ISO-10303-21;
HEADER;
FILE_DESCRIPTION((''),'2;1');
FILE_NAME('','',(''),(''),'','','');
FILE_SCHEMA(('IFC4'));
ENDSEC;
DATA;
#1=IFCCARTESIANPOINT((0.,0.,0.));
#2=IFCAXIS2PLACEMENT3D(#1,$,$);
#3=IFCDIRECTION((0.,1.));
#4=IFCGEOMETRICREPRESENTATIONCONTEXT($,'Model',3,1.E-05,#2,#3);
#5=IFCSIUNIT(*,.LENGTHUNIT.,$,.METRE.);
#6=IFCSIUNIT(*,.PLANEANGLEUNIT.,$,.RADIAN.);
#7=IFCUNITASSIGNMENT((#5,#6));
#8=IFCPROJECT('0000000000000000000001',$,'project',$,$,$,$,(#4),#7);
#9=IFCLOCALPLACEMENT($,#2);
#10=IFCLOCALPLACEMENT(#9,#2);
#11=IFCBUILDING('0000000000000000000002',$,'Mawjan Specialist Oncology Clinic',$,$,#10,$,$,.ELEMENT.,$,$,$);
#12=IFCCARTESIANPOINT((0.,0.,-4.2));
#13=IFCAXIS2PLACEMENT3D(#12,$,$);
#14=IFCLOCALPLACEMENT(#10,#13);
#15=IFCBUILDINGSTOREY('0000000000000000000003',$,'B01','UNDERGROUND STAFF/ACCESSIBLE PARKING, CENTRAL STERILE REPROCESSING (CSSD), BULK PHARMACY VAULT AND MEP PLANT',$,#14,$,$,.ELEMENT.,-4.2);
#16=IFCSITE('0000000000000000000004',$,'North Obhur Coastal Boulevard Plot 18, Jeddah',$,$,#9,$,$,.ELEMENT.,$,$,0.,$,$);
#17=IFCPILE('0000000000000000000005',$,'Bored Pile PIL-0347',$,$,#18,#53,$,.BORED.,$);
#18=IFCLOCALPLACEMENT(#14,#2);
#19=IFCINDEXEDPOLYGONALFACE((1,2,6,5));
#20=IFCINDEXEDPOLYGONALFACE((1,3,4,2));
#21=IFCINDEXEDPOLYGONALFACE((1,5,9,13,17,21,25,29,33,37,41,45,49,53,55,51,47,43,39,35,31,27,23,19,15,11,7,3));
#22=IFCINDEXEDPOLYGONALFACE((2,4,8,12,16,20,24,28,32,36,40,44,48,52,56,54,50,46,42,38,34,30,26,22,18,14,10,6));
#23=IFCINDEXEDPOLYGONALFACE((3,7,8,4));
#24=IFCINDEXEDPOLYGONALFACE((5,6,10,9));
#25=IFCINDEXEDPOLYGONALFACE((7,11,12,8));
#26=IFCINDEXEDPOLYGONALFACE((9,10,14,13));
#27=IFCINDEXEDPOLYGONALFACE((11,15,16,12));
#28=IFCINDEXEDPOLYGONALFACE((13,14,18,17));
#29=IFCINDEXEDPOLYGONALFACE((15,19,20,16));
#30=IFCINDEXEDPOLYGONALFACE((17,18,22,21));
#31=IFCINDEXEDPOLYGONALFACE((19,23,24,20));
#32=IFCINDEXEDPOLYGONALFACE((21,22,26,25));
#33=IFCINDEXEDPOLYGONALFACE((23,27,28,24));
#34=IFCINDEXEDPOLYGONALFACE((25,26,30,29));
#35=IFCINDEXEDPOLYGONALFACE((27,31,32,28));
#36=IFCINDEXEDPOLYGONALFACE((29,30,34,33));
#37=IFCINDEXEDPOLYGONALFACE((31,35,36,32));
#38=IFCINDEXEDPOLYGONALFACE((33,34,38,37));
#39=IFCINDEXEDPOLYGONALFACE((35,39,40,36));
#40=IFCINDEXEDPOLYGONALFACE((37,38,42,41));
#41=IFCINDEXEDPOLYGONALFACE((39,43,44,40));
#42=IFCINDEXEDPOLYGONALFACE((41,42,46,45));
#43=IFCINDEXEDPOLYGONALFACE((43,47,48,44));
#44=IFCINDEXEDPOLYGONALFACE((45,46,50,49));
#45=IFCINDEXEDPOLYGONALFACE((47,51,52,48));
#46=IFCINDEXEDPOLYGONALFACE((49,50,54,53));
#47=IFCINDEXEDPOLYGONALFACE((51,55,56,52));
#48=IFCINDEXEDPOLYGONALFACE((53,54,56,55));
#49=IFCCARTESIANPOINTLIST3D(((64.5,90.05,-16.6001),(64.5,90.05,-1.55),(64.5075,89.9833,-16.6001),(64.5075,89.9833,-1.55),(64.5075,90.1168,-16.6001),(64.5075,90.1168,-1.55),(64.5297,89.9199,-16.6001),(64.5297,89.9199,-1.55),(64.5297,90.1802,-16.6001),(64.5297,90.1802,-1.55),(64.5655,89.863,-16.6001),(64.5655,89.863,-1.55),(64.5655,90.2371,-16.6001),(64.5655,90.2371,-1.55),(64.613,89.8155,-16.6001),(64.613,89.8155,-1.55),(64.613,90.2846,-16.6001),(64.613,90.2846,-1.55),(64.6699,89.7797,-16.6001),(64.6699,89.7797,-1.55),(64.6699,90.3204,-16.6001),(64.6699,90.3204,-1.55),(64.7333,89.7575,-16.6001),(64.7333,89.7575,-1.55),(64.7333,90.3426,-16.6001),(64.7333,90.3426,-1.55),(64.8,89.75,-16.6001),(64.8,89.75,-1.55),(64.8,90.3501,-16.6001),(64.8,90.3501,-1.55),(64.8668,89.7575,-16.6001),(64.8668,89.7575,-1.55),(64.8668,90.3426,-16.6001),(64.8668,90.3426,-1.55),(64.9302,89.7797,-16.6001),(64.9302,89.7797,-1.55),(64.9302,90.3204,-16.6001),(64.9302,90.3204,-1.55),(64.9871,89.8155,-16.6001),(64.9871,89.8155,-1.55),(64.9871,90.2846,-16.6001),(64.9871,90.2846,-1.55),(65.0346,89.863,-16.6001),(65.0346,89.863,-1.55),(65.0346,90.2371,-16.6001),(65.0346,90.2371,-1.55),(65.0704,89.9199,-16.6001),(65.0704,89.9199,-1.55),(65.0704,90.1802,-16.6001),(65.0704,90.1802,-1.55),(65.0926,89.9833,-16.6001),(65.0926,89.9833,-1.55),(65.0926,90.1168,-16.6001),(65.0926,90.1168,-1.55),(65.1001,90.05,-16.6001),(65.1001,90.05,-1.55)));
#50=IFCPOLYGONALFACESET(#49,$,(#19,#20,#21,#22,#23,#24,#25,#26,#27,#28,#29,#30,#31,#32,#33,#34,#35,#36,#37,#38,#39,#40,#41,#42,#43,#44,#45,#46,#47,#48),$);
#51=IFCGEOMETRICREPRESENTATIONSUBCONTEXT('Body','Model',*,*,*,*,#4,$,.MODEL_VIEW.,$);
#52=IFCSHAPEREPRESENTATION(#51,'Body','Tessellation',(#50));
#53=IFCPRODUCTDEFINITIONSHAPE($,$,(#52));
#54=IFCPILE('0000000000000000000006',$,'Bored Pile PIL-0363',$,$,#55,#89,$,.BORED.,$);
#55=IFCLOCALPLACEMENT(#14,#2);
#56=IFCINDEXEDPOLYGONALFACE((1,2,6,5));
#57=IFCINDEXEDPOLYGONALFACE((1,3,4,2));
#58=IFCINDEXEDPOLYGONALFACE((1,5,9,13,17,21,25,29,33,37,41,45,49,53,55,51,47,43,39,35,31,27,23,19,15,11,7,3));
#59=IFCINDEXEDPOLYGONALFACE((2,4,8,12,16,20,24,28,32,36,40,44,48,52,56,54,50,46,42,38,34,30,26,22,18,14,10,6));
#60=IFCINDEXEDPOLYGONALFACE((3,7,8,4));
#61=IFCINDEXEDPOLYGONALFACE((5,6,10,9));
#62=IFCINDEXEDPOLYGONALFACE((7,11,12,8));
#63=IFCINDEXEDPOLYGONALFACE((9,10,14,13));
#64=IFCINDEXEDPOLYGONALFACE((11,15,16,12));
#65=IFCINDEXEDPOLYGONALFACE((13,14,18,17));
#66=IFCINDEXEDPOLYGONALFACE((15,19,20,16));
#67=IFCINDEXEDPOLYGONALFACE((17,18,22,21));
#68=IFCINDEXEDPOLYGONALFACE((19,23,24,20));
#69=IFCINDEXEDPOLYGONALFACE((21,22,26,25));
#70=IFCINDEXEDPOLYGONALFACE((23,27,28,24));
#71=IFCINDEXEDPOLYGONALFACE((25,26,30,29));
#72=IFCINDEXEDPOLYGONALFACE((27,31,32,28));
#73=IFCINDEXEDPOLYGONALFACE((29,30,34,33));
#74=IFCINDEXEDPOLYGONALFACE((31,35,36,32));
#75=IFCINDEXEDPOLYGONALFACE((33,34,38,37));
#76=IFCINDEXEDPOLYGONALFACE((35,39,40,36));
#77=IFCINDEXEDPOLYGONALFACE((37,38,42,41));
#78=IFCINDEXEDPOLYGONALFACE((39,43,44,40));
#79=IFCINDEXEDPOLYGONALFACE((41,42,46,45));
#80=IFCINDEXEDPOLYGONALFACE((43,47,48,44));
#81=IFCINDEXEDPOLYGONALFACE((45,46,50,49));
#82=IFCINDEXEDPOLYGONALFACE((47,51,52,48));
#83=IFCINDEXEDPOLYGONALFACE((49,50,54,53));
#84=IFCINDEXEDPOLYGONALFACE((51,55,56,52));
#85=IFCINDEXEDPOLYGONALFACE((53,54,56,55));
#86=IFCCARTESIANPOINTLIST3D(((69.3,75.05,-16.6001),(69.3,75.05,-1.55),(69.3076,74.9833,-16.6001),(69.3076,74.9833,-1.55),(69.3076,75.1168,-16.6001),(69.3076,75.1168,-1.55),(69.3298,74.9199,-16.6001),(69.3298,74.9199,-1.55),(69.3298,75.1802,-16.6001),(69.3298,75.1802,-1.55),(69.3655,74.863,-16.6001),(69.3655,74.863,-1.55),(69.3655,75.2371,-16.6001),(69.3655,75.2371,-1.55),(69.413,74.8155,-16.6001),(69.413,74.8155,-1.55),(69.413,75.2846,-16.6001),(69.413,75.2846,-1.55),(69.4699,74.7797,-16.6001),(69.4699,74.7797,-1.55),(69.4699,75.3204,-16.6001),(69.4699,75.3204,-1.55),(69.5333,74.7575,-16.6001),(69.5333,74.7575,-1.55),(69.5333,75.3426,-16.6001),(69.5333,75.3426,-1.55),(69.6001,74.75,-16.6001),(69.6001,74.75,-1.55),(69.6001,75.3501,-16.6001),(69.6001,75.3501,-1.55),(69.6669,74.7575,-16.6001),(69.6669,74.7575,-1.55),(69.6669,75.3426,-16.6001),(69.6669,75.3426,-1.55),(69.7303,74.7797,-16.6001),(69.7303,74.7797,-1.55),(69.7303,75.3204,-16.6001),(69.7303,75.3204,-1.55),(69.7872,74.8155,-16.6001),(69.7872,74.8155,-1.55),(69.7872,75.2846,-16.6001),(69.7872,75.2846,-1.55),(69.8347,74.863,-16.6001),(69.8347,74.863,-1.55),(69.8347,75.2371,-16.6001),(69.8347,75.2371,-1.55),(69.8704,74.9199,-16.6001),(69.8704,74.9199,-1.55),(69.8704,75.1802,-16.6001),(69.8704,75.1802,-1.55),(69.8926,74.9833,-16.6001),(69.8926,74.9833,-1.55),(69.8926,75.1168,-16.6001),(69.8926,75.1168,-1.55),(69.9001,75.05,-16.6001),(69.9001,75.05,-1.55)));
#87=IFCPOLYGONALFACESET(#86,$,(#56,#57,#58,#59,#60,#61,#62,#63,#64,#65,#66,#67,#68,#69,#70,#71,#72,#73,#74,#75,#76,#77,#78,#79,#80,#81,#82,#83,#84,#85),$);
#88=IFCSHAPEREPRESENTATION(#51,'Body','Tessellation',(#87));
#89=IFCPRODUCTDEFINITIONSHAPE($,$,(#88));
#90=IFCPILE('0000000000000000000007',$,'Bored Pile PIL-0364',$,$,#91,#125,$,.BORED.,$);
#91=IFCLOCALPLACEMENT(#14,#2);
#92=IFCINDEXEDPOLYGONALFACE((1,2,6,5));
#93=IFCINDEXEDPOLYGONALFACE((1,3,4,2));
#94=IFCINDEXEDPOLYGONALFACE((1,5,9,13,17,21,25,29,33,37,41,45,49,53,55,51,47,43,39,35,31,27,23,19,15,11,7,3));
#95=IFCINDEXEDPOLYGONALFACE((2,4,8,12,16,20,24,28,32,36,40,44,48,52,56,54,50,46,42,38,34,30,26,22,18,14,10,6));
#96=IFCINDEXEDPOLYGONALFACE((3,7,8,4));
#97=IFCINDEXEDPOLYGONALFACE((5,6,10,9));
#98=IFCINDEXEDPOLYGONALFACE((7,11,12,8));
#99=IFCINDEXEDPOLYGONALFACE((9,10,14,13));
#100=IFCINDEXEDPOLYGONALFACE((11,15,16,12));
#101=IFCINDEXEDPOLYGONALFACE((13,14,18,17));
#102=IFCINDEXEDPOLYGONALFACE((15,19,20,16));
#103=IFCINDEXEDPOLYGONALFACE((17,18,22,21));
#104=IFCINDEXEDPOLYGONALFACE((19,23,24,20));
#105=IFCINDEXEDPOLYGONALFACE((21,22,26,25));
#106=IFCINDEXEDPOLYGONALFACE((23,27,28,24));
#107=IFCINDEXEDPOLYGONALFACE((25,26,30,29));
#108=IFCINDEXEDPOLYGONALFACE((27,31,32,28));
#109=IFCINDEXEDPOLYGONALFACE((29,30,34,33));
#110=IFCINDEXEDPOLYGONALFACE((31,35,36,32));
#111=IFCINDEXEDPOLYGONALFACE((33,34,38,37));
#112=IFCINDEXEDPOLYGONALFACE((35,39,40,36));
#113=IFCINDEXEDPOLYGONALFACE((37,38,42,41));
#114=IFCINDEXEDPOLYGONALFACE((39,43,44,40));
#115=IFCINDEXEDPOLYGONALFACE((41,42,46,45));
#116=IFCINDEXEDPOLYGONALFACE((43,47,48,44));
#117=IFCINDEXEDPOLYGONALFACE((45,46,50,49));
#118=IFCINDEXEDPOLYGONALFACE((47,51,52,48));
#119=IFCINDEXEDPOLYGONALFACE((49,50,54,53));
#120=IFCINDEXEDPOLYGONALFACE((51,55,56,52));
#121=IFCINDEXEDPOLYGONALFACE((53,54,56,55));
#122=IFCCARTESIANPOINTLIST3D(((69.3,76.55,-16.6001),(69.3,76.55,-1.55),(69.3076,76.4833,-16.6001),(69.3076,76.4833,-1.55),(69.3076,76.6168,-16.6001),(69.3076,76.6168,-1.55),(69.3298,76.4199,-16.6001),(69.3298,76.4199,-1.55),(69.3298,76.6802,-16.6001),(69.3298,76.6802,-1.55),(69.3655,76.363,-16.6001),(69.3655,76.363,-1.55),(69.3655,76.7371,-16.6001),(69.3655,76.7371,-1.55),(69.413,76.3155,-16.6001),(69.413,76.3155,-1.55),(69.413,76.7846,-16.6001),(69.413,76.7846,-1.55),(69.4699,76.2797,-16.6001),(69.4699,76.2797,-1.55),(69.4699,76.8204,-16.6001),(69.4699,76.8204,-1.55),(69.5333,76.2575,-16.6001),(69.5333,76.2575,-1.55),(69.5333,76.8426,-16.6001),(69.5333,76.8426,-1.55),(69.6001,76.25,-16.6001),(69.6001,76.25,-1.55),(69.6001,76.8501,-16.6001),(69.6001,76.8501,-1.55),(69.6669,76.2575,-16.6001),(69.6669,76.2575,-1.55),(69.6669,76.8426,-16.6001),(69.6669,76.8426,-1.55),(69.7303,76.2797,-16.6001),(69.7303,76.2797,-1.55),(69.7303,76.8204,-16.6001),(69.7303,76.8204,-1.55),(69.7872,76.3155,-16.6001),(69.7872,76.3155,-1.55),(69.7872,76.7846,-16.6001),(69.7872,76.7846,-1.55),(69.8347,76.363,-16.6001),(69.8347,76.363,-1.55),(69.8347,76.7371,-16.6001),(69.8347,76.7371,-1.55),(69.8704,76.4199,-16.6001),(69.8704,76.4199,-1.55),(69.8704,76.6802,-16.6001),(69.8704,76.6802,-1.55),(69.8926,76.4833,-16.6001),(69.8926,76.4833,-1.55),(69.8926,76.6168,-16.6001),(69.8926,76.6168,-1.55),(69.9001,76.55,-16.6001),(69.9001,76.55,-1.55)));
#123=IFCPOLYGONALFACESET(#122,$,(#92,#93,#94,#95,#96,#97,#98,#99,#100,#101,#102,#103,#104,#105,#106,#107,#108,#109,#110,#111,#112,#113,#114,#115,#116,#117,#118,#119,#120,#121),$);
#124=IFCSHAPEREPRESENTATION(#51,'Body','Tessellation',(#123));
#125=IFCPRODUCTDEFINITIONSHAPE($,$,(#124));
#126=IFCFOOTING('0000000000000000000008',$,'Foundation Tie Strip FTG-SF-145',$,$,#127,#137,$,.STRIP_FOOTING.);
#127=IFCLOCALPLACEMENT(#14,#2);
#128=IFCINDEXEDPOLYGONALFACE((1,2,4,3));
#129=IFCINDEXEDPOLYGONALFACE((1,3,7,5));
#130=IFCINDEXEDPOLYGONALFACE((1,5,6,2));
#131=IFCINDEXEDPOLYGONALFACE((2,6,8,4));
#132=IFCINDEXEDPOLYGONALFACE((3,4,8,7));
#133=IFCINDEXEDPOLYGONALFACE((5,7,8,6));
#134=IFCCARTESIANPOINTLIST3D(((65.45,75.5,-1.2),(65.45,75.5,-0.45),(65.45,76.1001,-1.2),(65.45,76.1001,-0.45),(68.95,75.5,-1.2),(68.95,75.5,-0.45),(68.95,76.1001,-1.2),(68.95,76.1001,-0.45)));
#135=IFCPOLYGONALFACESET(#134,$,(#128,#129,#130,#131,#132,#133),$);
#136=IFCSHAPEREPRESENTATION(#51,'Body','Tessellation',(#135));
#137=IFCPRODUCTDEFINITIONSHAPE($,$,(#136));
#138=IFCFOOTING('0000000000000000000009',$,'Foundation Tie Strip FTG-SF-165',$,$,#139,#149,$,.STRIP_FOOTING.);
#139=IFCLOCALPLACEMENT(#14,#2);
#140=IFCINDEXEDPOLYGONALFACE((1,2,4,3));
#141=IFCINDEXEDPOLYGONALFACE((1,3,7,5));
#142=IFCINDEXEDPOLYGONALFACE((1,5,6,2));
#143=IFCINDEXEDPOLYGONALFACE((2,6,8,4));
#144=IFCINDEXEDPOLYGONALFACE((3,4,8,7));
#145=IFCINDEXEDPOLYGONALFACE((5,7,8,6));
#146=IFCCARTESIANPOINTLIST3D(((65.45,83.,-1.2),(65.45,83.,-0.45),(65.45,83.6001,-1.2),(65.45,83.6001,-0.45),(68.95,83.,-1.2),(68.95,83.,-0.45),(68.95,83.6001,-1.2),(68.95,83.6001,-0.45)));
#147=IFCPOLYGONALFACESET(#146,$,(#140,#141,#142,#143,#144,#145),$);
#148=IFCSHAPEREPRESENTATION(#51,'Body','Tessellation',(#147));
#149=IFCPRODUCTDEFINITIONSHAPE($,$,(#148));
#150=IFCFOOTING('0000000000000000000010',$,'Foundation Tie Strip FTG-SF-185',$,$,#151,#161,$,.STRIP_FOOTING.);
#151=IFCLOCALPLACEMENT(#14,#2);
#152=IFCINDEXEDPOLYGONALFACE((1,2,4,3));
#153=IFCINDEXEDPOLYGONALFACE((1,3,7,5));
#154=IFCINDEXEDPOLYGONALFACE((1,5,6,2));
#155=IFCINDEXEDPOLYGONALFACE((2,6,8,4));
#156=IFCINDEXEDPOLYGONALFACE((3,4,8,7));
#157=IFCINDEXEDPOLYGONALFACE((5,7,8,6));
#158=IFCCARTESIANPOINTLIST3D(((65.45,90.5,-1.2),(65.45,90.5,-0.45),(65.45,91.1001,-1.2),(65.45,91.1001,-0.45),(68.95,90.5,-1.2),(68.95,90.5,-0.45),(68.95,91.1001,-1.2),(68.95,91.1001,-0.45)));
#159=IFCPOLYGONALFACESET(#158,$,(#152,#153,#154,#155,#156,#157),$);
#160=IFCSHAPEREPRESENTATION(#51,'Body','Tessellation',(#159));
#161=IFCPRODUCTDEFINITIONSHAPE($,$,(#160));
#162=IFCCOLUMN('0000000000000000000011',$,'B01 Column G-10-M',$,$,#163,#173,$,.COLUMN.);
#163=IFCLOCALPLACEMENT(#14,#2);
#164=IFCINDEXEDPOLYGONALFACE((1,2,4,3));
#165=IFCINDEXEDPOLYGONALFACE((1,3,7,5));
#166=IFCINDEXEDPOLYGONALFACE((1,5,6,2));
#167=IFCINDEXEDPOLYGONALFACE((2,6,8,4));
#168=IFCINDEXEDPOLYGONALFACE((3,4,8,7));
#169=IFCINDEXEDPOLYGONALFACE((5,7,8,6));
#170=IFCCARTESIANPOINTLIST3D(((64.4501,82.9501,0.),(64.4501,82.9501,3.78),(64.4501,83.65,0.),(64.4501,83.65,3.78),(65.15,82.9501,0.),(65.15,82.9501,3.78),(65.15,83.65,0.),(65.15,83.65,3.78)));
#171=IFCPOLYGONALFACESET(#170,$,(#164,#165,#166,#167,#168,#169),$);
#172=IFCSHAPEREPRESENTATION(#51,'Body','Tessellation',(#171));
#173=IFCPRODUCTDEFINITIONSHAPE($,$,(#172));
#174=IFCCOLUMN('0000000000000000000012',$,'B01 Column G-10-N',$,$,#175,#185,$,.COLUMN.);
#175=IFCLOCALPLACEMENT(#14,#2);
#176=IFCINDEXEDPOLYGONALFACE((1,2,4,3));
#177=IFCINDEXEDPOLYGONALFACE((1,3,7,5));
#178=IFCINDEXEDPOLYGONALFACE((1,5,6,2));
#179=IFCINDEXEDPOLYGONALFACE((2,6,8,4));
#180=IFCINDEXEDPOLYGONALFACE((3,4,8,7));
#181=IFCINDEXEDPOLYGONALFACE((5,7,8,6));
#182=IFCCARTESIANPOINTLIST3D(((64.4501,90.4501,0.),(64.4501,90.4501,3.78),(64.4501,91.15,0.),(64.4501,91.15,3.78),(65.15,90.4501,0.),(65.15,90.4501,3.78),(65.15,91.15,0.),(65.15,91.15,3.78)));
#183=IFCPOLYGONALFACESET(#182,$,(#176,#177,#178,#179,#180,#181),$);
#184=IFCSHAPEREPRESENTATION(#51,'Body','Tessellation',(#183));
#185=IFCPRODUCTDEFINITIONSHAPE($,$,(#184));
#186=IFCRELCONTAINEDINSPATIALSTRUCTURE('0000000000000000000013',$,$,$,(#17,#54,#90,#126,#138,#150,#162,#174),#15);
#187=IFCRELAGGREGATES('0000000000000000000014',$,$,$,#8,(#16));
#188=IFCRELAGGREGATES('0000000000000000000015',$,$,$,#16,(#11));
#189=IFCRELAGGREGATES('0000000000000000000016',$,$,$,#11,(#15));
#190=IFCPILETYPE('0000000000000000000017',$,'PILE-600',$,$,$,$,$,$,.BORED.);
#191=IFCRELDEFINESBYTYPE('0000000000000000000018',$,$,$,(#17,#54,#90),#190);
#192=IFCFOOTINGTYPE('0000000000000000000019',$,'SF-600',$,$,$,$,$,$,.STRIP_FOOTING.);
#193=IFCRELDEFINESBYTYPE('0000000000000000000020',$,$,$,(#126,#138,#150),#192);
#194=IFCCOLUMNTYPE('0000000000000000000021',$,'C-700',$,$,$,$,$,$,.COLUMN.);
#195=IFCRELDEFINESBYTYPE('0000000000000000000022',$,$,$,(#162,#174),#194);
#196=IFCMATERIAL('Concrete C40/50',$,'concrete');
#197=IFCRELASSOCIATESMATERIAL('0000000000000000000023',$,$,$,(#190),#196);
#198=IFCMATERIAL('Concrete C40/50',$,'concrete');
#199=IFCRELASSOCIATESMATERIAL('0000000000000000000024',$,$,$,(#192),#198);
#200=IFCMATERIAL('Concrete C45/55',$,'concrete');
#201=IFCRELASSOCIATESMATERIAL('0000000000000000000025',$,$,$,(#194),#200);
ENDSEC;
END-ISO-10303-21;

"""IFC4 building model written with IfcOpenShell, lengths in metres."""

from ifc_helpers import new_model, si_unit, direction, frame, origin, origin_2d, place, context, subcontext, project, spatial, rectangle, circle, extrude, material, material_profile, profile_set, type_object, element, save


model = new_model("IFC4")

# Units and contexts
model_context = context("Model", 3, precision=1e-05, world=origin(), true_north=direction((0.0, 1.0)))
body_context = subcontext(model_context, "Body", "Model", "MODEL_VIEW")
ifc_project = project(units=[si_unit("LENGTHUNIT", "METRE"), si_unit("PLANEANGLEUNIT", "RADIAN")], contexts=[model_context])

# Site, building, storey
site_placement = place(None, origin())
site = spatial("IfcSite", under=ifc_project, at=site_placement, Name="North Obhur Coastal Boulevard Plot 18, Jeddah", CompositionType="ELEMENT", RefElevation=0.0)
building_placement = place(site_placement, origin())
building = spatial("IfcBuilding", under=site, at=building_placement, Name="Mawjan Specialist Oncology Clinic", CompositionType="ELEMENT")
storey_placement = place(building_placement, frame((0.0, 0.0, -4.2)))
storey = spatial("IfcBuildingStorey", under=building, at=storey_placement, Name="B01", Description="UNDERGROUND STAFF/ACCESSIBLE PARKING, CENTRAL STERILE REPROCESSING (CSSD), BULK PHARMACY VAULT AND MEP PLANT", CompositionType="ELEMENT", Elevation=-4.2)

# Piles
ifc_material_1 = material(Name="Concrete C40/50", Category="concrete")
ifc_material_profile_1 = material_profile(ifc_material_1, circle(Radius=0.3, at=origin_2d()), Name="BORED PILE D600", Category="concrete")
ifc_profile_set_1 = profile_set([ifc_material_profile_1], Name="Concrete C40/50")
pile_type = type_object("IfcPileType", Name="PILE-600", PredefinedType="BORED", material=ifc_profile_set_1)
for number, where, z_axis, x_axis, name in (
    (1, (64.8, 90.05, -1.55), (0.0, 0.0, -1.0), (1.0, 0.0, 0.0), "Bored Pile PIL-0347"),
    (2, (69.6001, 75.05, -1.55), (0.0, 0.0, -1.0), (1.0, 0.0, 0.0), "Bored Pile PIL-0363"),
    (3, (69.6001, 76.55, -1.55), (0.0, 0.0, -1.0), (1.0, 0.0, 0.0), "Bored Pile PIL-0364"),
):
    element("IfcPile", number, at=place(storey_placement, frame(where, z_axis=z_axis, x_axis=x_axis)), inside=storey, type_object=pile_type, Name=name, PredefinedType="BORED", context=body_context, shape_type="SweptSolid", body=[
        extrude(circle(Radius=0.3, at=origin_2d()), origin(), (0.0, 0.0, 1.0), 15.05),
    ])

# Footings
ifc_material_2 = material(Name="Concrete C40/50", Category="concrete")
footing_type_1 = type_object("IfcFootingType", Name="SF-600", PredefinedType="STRIP_FOOTING", material=ifc_material_2)
for number, where, z_axis, x_axis, name in (
    (4, (67.2, 75.8, -1.2), (0.0, 0.0, 1.0), (1.0, 0.0, 0.0), "Foundation Tie Strip FTG-SF-145"),
    (5, (67.2, 83.3, -1.2), (0.0, 0.0, 1.0), (1.0, 0.0, 0.0), "Foundation Tie Strip FTG-SF-165"),
    (6, (67.2, 90.8, -1.2), (0.0, 0.0, 1.0), (1.0, 0.0, 0.0), "Foundation Tie Strip FTG-SF-185"),
):
    element("IfcFooting", number, at=place(storey_placement, frame(where, z_axis=z_axis, x_axis=x_axis)), inside=storey, type_object=footing_type_1, Name=name, PredefinedType="STRIP_FOOTING", context=body_context, shape_type="SweptSolid", body=[
        extrude(rectangle(XDim=3.5, YDim=0.6001, at=origin_2d()), origin(), (0.0, 0.0, 1.0), 0.75),
    ])

# Columns
ifc_material_3 = material(Name="Concrete C45/55", Category="concrete")
ifc_material_profile_2 = material_profile(ifc_material_3, rectangle(XDim=0.7, YDim=0.7, at=origin_2d()), Name="RC COL 700x700", Category="concrete")
ifc_profile_set_2 = profile_set([ifc_material_profile_2], Name="Concrete C45/55")
column_type_1 = type_object("IfcColumnType", Name="C-700", PredefinedType="COLUMN", material=ifc_profile_set_2)
for number, where, z_axis, x_axis, name in (
    (7, (64.8, 83.3, 0.0), (0.0, 0.0, 1.0), (1.0, 0.0, 0.0), "B01 Column G-10-M"),
    (8, (64.8, 90.8, 0.0), (0.0, 0.0, 1.0), (1.0, 0.0, 0.0), "B01 Column G-10-N"),
):
    element("IfcColumn", number, at=place(storey_placement, frame(where, z_axis=z_axis, x_axis=x_axis)), inside=storey, type_object=column_type_1, Name=name, PredefinedType="COLUMN", context=body_context, shape_type="SweptSolid", body=[
        extrude(rectangle(XDim=0.7, YDim=0.7, at=origin_2d()), origin(), (0.0, 0.0, 1.0), 3.78),
    ])

save(model, "model.ifc")
